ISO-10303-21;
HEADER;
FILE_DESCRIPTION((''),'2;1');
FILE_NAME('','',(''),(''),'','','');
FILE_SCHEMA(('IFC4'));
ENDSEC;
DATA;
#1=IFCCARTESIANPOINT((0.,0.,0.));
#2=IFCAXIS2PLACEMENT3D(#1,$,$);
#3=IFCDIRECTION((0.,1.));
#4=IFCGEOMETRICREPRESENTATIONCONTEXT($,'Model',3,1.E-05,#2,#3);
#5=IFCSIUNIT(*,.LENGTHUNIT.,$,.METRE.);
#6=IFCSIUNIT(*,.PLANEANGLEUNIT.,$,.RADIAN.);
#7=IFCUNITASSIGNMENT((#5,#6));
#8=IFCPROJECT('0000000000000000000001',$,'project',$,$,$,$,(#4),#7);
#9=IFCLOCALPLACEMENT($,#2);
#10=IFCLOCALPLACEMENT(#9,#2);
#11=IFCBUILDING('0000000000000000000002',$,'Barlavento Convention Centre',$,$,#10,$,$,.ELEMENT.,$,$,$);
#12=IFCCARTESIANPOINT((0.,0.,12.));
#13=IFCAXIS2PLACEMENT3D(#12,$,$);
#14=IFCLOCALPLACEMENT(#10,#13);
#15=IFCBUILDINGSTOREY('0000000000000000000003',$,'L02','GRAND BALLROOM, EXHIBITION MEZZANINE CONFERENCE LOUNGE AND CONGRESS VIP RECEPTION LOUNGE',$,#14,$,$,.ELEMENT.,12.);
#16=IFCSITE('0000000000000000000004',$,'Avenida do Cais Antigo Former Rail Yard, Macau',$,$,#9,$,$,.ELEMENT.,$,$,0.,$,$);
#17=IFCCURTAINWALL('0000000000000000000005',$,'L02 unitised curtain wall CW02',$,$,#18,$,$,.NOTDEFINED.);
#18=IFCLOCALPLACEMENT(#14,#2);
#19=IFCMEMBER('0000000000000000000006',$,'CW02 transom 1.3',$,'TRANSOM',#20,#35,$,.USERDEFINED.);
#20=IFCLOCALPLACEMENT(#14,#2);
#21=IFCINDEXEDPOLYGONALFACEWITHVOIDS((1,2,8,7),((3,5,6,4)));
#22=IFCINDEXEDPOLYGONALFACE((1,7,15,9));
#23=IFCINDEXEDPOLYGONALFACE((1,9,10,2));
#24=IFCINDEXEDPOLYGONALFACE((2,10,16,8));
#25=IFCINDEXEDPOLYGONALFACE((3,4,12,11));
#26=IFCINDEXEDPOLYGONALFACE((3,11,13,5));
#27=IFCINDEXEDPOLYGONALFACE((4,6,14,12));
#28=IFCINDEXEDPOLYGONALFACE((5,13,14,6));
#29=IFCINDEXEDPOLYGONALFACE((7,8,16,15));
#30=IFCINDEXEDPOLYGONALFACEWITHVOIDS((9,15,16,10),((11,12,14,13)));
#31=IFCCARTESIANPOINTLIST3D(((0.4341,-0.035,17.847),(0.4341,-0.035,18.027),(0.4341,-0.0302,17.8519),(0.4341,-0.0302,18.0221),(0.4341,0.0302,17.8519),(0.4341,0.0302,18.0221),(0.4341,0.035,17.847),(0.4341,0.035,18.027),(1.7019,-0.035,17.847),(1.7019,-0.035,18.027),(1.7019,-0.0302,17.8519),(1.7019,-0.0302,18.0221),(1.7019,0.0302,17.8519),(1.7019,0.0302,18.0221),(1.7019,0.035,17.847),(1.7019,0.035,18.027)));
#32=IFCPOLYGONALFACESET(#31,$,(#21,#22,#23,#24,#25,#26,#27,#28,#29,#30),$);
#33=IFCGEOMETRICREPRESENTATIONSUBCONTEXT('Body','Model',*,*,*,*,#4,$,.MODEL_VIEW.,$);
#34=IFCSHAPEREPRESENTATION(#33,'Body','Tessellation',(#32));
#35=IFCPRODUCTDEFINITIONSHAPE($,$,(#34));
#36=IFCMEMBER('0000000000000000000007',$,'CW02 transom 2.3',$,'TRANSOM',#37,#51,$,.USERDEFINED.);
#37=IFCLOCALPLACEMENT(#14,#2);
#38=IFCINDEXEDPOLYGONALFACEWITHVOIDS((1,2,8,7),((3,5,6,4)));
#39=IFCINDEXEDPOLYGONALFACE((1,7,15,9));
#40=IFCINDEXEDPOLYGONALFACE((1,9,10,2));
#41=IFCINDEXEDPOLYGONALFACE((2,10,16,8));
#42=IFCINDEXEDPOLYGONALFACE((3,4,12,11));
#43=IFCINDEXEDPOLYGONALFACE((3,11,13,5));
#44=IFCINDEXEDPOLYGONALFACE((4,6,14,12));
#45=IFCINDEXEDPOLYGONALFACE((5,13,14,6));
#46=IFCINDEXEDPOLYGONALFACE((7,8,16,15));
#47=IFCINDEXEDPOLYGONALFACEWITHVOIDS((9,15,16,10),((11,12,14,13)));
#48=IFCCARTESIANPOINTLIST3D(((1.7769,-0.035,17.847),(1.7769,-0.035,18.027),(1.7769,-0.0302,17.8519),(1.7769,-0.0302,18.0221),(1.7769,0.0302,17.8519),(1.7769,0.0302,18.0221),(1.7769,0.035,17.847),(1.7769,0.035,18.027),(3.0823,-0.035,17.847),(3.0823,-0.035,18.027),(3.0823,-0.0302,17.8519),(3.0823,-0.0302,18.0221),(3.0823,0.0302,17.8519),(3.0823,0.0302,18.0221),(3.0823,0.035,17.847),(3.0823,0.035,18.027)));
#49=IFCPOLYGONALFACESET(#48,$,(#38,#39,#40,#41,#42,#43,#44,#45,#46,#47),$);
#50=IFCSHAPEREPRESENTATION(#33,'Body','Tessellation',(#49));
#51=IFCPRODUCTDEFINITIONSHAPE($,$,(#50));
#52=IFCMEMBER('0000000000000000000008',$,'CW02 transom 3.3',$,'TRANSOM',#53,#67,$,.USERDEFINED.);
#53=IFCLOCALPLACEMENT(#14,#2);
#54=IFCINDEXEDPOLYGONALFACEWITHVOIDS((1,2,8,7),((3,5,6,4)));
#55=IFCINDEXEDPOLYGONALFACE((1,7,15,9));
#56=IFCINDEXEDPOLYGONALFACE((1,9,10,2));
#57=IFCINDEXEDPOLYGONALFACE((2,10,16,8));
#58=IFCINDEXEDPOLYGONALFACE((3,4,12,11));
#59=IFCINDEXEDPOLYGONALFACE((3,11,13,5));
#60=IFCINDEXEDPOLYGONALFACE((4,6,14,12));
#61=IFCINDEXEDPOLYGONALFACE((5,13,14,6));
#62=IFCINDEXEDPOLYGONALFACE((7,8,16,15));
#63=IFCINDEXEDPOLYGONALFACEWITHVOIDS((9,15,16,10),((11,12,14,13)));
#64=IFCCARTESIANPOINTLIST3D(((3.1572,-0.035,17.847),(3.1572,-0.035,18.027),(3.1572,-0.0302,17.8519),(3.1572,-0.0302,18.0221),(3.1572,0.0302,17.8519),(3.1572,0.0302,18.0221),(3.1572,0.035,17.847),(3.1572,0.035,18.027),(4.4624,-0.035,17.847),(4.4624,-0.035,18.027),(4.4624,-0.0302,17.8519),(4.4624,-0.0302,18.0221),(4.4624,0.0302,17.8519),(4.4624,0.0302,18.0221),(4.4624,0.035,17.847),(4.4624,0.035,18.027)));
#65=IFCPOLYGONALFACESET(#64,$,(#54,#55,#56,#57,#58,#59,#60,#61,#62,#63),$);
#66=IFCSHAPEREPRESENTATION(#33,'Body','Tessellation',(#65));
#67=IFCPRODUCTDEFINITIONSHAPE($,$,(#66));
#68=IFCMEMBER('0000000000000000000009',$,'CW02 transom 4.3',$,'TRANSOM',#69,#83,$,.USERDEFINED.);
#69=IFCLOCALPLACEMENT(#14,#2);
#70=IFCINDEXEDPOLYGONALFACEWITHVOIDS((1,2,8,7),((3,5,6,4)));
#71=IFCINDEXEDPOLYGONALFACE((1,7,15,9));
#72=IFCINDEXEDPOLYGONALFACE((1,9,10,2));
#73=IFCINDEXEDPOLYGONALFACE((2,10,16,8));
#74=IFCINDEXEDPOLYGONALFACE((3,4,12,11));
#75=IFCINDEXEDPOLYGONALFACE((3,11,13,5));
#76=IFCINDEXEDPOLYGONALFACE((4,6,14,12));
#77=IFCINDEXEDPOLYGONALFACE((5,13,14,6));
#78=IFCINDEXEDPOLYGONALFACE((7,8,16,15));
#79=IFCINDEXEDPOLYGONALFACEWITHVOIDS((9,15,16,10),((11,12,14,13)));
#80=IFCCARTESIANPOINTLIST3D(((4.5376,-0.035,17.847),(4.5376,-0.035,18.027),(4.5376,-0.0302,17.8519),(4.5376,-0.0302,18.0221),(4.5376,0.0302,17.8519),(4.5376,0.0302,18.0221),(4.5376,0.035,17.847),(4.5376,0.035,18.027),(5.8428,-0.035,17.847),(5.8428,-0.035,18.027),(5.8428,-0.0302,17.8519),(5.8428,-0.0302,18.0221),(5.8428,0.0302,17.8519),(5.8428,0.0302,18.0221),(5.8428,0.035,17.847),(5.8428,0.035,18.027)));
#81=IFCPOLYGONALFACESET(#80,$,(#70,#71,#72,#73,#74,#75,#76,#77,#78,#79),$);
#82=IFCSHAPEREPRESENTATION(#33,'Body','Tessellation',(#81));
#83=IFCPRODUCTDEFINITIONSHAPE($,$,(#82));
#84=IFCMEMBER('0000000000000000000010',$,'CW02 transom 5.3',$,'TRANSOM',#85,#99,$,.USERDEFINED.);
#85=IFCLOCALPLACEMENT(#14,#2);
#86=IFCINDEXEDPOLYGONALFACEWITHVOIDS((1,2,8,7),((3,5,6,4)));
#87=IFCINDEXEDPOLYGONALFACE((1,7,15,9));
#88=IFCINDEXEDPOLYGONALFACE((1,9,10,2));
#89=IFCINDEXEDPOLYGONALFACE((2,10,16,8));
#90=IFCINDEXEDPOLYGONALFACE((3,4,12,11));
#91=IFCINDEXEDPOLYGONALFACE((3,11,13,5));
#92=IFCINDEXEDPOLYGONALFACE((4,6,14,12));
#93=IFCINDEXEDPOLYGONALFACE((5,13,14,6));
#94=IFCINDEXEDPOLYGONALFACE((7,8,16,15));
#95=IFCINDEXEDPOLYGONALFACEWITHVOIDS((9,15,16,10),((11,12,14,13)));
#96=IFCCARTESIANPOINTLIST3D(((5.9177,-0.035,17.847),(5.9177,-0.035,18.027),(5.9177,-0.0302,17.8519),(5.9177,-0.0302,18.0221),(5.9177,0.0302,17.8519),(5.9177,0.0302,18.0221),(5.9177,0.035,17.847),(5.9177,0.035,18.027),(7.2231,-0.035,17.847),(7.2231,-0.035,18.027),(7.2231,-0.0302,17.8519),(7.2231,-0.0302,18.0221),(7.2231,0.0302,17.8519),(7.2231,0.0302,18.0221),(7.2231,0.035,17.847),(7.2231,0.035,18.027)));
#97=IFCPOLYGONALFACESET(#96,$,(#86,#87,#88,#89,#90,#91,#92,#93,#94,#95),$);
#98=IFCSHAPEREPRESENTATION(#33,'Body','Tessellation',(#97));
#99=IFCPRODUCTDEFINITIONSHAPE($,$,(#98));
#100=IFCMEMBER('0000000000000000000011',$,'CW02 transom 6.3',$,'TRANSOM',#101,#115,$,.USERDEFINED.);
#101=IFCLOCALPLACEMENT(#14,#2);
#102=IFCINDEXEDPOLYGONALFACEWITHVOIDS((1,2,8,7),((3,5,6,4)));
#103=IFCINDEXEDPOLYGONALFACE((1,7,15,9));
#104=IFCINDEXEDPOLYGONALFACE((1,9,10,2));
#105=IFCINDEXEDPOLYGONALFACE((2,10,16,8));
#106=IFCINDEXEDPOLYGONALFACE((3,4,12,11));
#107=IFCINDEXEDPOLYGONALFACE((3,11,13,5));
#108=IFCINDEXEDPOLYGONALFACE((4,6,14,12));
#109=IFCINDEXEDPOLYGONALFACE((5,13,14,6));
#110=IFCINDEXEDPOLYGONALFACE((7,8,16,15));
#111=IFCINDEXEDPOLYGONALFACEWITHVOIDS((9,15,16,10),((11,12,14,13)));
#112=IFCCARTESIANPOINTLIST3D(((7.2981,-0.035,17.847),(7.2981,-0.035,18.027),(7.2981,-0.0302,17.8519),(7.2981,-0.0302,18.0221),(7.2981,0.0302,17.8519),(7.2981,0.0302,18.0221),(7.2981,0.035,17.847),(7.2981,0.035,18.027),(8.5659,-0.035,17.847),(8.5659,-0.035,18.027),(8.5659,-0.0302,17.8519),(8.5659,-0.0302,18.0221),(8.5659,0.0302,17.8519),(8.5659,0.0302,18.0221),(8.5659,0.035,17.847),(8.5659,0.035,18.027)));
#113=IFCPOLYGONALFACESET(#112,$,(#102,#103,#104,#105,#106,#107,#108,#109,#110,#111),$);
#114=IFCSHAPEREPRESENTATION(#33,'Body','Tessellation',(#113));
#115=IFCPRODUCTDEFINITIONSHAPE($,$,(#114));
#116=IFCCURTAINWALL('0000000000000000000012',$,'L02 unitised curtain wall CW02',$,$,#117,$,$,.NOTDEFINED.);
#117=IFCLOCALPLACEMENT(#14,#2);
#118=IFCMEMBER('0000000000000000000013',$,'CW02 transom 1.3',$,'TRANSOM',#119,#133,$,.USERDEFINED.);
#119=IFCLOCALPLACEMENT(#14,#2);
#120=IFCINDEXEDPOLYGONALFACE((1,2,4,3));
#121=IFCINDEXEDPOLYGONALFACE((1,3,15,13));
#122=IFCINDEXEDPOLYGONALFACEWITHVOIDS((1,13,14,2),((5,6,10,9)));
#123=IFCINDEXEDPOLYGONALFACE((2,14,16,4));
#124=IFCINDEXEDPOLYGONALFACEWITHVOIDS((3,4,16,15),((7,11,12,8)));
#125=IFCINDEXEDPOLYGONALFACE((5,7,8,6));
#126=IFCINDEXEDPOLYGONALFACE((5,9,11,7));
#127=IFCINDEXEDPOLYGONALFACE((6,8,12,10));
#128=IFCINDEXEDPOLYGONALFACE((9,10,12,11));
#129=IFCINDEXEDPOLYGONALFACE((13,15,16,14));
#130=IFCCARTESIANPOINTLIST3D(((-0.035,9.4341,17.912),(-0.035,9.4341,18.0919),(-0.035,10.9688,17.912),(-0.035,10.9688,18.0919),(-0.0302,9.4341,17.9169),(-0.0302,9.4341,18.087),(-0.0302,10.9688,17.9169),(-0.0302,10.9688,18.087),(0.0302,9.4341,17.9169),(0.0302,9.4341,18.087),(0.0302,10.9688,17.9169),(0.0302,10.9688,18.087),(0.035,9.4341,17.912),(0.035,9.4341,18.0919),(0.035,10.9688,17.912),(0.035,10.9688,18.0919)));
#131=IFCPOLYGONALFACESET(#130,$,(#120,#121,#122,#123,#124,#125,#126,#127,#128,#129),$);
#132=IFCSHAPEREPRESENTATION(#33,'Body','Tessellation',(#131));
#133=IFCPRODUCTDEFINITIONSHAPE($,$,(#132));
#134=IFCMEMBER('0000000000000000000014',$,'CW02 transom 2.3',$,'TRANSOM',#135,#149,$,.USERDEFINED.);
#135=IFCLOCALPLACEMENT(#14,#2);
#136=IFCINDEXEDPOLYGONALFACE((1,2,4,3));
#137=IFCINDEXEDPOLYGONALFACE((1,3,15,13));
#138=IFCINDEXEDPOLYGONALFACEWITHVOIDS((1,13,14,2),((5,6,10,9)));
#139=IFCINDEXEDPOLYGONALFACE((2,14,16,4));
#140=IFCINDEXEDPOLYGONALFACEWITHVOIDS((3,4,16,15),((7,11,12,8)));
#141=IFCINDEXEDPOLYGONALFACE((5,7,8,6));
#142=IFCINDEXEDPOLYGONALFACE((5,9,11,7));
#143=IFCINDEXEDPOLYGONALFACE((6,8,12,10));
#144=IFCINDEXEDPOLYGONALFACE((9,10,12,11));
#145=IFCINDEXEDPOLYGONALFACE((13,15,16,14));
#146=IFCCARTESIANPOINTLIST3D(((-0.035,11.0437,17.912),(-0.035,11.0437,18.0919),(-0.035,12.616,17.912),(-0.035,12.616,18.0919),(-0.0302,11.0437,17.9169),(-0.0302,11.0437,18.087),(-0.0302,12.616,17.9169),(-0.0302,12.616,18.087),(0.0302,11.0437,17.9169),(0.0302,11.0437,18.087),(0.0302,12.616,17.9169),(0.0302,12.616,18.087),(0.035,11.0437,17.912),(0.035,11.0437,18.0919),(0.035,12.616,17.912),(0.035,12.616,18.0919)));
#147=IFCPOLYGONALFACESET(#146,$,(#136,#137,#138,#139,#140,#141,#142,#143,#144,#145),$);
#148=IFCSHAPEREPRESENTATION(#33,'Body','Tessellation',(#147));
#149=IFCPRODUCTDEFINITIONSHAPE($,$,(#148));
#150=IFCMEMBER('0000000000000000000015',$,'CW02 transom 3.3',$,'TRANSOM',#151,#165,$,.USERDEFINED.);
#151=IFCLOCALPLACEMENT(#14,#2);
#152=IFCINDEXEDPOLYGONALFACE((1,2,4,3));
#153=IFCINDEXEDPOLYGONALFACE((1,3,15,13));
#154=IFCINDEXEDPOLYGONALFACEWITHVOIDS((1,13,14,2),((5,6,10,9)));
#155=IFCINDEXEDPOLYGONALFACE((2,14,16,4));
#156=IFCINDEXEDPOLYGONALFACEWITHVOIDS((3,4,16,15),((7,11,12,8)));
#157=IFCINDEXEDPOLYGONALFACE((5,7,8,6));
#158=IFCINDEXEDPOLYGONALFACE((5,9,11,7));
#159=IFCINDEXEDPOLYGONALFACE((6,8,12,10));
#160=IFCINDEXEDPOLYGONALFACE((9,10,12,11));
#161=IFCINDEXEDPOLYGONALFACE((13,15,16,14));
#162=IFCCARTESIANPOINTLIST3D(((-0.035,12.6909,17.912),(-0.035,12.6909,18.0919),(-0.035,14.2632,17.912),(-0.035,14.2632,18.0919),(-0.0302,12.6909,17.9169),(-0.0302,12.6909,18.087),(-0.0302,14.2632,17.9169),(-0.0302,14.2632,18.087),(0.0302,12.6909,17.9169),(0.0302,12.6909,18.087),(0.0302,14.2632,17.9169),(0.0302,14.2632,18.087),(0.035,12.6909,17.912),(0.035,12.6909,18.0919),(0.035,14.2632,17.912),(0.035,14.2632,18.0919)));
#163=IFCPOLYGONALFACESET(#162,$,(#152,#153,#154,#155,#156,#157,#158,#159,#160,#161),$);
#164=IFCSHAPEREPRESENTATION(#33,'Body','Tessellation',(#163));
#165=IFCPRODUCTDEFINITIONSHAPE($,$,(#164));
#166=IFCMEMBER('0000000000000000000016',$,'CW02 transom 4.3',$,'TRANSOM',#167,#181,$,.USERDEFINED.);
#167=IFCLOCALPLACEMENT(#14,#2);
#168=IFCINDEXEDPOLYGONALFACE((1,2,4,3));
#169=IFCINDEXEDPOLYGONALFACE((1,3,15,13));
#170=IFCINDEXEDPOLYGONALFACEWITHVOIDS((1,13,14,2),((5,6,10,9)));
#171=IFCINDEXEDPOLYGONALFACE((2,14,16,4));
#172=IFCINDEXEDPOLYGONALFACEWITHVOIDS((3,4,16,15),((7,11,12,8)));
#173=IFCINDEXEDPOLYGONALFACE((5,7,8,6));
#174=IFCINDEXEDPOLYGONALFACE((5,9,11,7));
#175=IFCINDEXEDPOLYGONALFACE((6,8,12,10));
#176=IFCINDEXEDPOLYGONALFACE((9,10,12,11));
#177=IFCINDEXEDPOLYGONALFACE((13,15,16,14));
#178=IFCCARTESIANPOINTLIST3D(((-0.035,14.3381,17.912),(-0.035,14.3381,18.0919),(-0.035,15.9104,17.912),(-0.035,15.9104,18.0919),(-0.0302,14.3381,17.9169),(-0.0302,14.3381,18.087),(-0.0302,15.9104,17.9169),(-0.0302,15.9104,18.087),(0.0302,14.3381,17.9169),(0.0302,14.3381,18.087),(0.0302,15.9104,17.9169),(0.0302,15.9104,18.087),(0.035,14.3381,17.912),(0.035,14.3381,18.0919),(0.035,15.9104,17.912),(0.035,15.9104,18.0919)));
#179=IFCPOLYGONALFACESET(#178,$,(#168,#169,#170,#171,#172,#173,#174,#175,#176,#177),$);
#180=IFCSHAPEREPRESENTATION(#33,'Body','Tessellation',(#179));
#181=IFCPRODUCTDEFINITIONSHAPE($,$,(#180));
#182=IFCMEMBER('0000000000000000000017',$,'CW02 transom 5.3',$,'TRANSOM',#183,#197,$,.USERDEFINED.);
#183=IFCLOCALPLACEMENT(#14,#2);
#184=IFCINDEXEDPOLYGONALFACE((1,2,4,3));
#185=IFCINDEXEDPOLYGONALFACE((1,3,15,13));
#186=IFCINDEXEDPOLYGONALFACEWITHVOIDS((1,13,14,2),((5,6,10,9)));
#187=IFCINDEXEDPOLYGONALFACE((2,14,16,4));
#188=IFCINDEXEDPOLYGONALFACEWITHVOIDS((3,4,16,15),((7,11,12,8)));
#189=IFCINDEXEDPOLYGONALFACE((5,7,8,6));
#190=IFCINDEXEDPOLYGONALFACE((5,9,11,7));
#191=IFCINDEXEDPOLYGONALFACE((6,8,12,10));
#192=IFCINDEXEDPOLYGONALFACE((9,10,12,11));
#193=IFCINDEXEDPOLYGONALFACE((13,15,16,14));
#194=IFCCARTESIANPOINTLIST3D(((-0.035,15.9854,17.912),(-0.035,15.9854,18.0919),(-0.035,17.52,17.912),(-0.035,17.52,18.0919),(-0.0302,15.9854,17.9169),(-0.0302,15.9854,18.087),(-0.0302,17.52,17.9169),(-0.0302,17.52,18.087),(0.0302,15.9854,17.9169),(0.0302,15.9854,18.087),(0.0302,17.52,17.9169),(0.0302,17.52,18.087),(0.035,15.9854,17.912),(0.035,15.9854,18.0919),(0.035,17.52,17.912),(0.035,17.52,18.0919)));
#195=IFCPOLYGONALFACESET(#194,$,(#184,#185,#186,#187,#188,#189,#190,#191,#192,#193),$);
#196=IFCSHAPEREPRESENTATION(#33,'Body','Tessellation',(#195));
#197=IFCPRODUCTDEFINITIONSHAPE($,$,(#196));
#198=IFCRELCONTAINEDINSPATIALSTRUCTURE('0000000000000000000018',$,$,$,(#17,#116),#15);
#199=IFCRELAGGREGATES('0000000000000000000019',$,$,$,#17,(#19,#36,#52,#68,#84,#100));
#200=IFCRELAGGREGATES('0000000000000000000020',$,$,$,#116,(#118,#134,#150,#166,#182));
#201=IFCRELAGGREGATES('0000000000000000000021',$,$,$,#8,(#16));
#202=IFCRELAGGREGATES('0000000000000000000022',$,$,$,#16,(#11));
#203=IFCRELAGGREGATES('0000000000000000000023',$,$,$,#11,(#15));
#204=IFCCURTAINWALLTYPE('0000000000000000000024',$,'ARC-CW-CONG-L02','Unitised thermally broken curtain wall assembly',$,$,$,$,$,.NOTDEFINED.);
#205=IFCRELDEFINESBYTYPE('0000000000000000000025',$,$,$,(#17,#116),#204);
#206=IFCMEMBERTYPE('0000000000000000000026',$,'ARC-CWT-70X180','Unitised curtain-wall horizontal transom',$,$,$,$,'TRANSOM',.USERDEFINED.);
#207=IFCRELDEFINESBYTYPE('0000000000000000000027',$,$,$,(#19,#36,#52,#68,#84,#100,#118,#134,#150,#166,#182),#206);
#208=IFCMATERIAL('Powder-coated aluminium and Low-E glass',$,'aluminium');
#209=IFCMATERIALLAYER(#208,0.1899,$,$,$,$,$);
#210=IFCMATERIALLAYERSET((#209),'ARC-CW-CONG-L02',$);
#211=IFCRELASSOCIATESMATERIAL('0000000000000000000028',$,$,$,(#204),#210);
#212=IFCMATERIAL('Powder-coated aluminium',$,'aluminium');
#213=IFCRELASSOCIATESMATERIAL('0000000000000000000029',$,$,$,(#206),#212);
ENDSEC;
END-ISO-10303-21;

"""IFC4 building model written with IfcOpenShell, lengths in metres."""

from ifc_helpers import new_model, si_unit, direction, frame, origin, origin_2d, place, context, subcontext, project, spatial, hollow_rectangle, extrude, material, layer, layer_set, material_profile, profile_set, type_object, element, aggregate, save


model = new_model("IFC4")

# Units and contexts
model_context = context("Model", 3, precision=1e-05, world=origin(), true_north=direction((0.0, 1.0)))
body_context = subcontext(model_context, "Body", "Model", "MODEL_VIEW")
ifc_project = project(units=[si_unit("LENGTHUNIT", "METRE"), si_unit("PLANEANGLEUNIT", "RADIAN")], contexts=[model_context])

# Site, building, storey
site_placement = place(None, origin())
site = spatial("IfcSite", under=ifc_project, at=site_placement, Name="Avenida do Cais Antigo Former Rail Yard, Macau", CompositionType="ELEMENT", RefElevation=0.0)
building_placement = place(site_placement, origin())
building = spatial("IfcBuilding", under=site, at=building_placement, Name="Barlavento Convention Centre", CompositionType="ELEMENT")
storey_placement = place(building_placement, frame((0.0, 0.0, 12.0)))
storey = spatial("IfcBuildingStorey", under=building, at=storey_placement, Name="L02", Description="GRAND BALLROOM, EXHIBITION MEZZANINE CONFERENCE LOUNGE AND CONGRESS VIP RECEPTION LOUNGE", CompositionType="ELEMENT", Elevation=12.0)

# Curtain walls, members
ifc_material_1 = material(Name="Powder-coated aluminium and Low-E glass", Category="aluminium")
ifc_layer_1 = layer(ifc_material_1, 0.1899)
ifc_layer_set_1 = layer_set([ifc_layer_1], Name="ARC-CW-CONG-L02")
curtain_wall_type = type_object("IfcCurtainWallType", Name="ARC-CW-CONG-L02", Description="Unitised thermally broken curtain wall assembly", PredefinedType="NOTDEFINED", material=ifc_layer_set_1)
curtain_wall_1_placement = place(storey_placement, origin())
curtain_wall_1 = element("IfcCurtainWall", 1, at=curtain_wall_1_placement, inside=storey, type_object=curtain_wall_type, Name="L02 unitised curtain wall CW02", PredefinedType="NOTDEFINED")
ifc_material_2 = material(Name="Powder-coated aluminium", Category="aluminium")
ifc_material_profile = material_profile(ifc_material_2, hollow_rectangle(XDim=0.0701, YDim=0.1799, WallThickness=0.0049, at=origin_2d()), Name="AL-TRAN 70x180x5")
ifc_profile_set = profile_set([ifc_material_profile], Name="Powder-coated aluminium")
member_type = type_object("IfcMemberType", Name="ARC-CWT-70X180", Description="Unitised curtain-wall horizontal transom", ElementType="TRANSOM", PredefinedType="USERDEFINED", material=ifc_profile_set)
member_1_placement = place(storey_placement, frame((0.4341, 0.0, 17.937), z_axis=(1.0, 0.0, 0.0), x_axis=(0.0, 1.0, 0.0)))
member_1 = element("IfcMember", 2, at=member_1_placement, type_object=member_type, Name="CW02 transom 1.3", ObjectType="TRANSOM", PredefinedType="USERDEFINED", context=body_context, shape_type="SweptSolid", body=[
    extrude(hollow_rectangle(XDim=0.0701, YDim=0.1799, WallThickness=0.0049, at=origin_2d()), origin(), (0.0, 0.0, 1.0), 1.2678),
])
member_2_placement = place(storey_placement, frame((1.7769, 0.0, 17.937), z_axis=(1.0, 0.0, 0.0), x_axis=(0.0, 1.0, 0.0)))
member_2 = element("IfcMember", 3, at=member_2_placement, type_object=member_type, Name="CW02 transom 2.3", ObjectType="TRANSOM", PredefinedType="USERDEFINED", context=body_context, shape_type="SweptSolid", body=[
    extrude(hollow_rectangle(XDim=0.0701, YDim=0.1799, WallThickness=0.0049, at=origin_2d()), origin(), (0.0, 0.0, 1.0), 1.3054),
])
member_3_placement = place(storey_placement, frame((3.1572, 0.0, 17.937), z_axis=(1.0, 0.0, 0.0), x_axis=(0.0, 1.0, 0.0)))
member_3 = element("IfcMember", 4, at=member_3_placement, type_object=member_type, Name="CW02 transom 3.3", ObjectType="TRANSOM", PredefinedType="USERDEFINED", context=body_context, shape_type="SweptSolid", body=[
    extrude(hollow_rectangle(XDim=0.0701, YDim=0.1799, WallThickness=0.0049, at=origin_2d()), origin(), (0.0, 0.0, 1.0), 1.3052),
])
member_4_placement = place(storey_placement, frame((4.5376, 0.0, 17.937), z_axis=(1.0, 0.0, 0.0), x_axis=(0.0, 1.0, 0.0)))
member_4 = element("IfcMember", 5, at=member_4_placement, type_object=member_type, Name="CW02 transom 4.3", ObjectType="TRANSOM", PredefinedType="USERDEFINED", context=body_context, shape_type="SweptSolid", body=[
    extrude(hollow_rectangle(XDim=0.0701, YDim=0.1799, WallThickness=0.0049, at=origin_2d()), origin(), (0.0, 0.0, 1.0), 1.3052),
])
member_5_placement = place(storey_placement, frame((5.9177, 0.0, 17.937), z_axis=(1.0, 0.0, 0.0), x_axis=(0.0, 1.0, 0.0)))
member_5 = element("IfcMember", 6, at=member_5_placement, type_object=member_type, Name="CW02 transom 5.3", ObjectType="TRANSOM", PredefinedType="USERDEFINED", context=body_context, shape_type="SweptSolid", body=[
    extrude(hollow_rectangle(XDim=0.0701, YDim=0.1799, WallThickness=0.0049, at=origin_2d()), origin(), (0.0, 0.0, 1.0), 1.3054),
])
member_6_placement = place(storey_placement, frame((7.2981, 0.0, 17.937), z_axis=(1.0, 0.0, 0.0), x_axis=(0.0, 1.0, 0.0)))
member_6 = element("IfcMember", 7, at=member_6_placement, type_object=member_type, Name="CW02 transom 6.3", ObjectType="TRANSOM", PredefinedType="USERDEFINED", context=body_context, shape_type="SweptSolid", body=[
    extrude(hollow_rectangle(XDim=0.0701, YDim=0.1799, WallThickness=0.0049, at=origin_2d()), origin(), (0.0, 0.0, 1.0), 1.2678),
])
curtain_wall_2_placement = place(storey_placement, origin())
curtain_wall_2 = element("IfcCurtainWall", 8, at=curtain_wall_2_placement, inside=storey, type_object=curtain_wall_type, Name="L02 unitised curtain wall CW02", PredefinedType="NOTDEFINED")
member_7_placement = place(storey_placement, frame((0.0, 9.4341, 18.002), z_axis=(0.0, 1.0, 0.0), x_axis=(-1.0, 0.0, 0.0)))
member_7 = element("IfcMember", 9, at=member_7_placement, type_object=member_type, Name="CW02 transom 1.3", ObjectType="TRANSOM", PredefinedType="USERDEFINED", context=body_context, shape_type="SweptSolid", body=[
    extrude(hollow_rectangle(XDim=0.0701, YDim=0.1799, WallThickness=0.0049, at=origin_2d()), origin(), (0.0, 0.0, 1.0), 1.5347),
])
member_8_placement = place(storey_placement, frame((0.0, 11.0437, 18.002), z_axis=(0.0, 1.0, 0.0), x_axis=(-1.0, 0.0, 0.0)))
member_8 = element("IfcMember", 10, at=member_8_placement, type_object=member_type, Name="CW02 transom 2.3", ObjectType="TRANSOM", PredefinedType="USERDEFINED", context=body_context, shape_type="SweptSolid", body=[
    extrude(hollow_rectangle(XDim=0.0701, YDim=0.1799, WallThickness=0.0049, at=origin_2d()), origin(), (0.0, 0.0, 1.0), 1.5723),
])
member_9_placement = place(storey_placement, frame((0.0, 12.6909, 18.002), z_axis=(0.0, 1.0, 0.0), x_axis=(-1.0, 0.0, 0.0)))
member_9 = element("IfcMember", 11, at=member_9_placement, type_object=member_type, Name="CW02 transom 3.3", ObjectType="TRANSOM", PredefinedType="USERDEFINED", context=body_context, shape_type="SweptSolid", body=[
    extrude(hollow_rectangle(XDim=0.0701, YDim=0.1799, WallThickness=0.0049, at=origin_2d()), origin(), (0.0, 0.0, 1.0), 1.5723),
])
member_10_placement = place(storey_placement, frame((0.0, 14.3381, 18.002), z_axis=(0.0, 1.0, 0.0), x_axis=(-1.0, 0.0, 0.0)))
member_10 = element("IfcMember", 12, at=member_10_placement, type_object=member_type, Name="CW02 transom 4.3", ObjectType="TRANSOM", PredefinedType="USERDEFINED", context=body_context, shape_type="SweptSolid", body=[
    extrude(hollow_rectangle(XDim=0.0701, YDim=0.1799, WallThickness=0.0049, at=origin_2d()), origin(), (0.0, 0.0, 1.0), 1.5723),
])
member_11_placement = place(storey_placement, frame((0.0, 15.9854, 18.002), z_axis=(0.0, 1.0, 0.0), x_axis=(-1.0, 0.0, 0.0)))
member_11 = element("IfcMember", 13, at=member_11_placement, type_object=member_type, Name="CW02 transom 5.3", ObjectType="TRANSOM", PredefinedType="USERDEFINED", context=body_context, shape_type="SweptSolid", body=[
    extrude(hollow_rectangle(XDim=0.0701, YDim=0.1799, WallThickness=0.0049, at=origin_2d()), origin(), (0.0, 0.0, 1.0), 1.5347),
])

aggregate(curtain_wall_1, [member_1, member_2, member_3, member_4, member_5, member_6])
aggregate(curtain_wall_2, [member_7, member_8, member_9, member_10, member_11])

save(model, "model.ifc")
